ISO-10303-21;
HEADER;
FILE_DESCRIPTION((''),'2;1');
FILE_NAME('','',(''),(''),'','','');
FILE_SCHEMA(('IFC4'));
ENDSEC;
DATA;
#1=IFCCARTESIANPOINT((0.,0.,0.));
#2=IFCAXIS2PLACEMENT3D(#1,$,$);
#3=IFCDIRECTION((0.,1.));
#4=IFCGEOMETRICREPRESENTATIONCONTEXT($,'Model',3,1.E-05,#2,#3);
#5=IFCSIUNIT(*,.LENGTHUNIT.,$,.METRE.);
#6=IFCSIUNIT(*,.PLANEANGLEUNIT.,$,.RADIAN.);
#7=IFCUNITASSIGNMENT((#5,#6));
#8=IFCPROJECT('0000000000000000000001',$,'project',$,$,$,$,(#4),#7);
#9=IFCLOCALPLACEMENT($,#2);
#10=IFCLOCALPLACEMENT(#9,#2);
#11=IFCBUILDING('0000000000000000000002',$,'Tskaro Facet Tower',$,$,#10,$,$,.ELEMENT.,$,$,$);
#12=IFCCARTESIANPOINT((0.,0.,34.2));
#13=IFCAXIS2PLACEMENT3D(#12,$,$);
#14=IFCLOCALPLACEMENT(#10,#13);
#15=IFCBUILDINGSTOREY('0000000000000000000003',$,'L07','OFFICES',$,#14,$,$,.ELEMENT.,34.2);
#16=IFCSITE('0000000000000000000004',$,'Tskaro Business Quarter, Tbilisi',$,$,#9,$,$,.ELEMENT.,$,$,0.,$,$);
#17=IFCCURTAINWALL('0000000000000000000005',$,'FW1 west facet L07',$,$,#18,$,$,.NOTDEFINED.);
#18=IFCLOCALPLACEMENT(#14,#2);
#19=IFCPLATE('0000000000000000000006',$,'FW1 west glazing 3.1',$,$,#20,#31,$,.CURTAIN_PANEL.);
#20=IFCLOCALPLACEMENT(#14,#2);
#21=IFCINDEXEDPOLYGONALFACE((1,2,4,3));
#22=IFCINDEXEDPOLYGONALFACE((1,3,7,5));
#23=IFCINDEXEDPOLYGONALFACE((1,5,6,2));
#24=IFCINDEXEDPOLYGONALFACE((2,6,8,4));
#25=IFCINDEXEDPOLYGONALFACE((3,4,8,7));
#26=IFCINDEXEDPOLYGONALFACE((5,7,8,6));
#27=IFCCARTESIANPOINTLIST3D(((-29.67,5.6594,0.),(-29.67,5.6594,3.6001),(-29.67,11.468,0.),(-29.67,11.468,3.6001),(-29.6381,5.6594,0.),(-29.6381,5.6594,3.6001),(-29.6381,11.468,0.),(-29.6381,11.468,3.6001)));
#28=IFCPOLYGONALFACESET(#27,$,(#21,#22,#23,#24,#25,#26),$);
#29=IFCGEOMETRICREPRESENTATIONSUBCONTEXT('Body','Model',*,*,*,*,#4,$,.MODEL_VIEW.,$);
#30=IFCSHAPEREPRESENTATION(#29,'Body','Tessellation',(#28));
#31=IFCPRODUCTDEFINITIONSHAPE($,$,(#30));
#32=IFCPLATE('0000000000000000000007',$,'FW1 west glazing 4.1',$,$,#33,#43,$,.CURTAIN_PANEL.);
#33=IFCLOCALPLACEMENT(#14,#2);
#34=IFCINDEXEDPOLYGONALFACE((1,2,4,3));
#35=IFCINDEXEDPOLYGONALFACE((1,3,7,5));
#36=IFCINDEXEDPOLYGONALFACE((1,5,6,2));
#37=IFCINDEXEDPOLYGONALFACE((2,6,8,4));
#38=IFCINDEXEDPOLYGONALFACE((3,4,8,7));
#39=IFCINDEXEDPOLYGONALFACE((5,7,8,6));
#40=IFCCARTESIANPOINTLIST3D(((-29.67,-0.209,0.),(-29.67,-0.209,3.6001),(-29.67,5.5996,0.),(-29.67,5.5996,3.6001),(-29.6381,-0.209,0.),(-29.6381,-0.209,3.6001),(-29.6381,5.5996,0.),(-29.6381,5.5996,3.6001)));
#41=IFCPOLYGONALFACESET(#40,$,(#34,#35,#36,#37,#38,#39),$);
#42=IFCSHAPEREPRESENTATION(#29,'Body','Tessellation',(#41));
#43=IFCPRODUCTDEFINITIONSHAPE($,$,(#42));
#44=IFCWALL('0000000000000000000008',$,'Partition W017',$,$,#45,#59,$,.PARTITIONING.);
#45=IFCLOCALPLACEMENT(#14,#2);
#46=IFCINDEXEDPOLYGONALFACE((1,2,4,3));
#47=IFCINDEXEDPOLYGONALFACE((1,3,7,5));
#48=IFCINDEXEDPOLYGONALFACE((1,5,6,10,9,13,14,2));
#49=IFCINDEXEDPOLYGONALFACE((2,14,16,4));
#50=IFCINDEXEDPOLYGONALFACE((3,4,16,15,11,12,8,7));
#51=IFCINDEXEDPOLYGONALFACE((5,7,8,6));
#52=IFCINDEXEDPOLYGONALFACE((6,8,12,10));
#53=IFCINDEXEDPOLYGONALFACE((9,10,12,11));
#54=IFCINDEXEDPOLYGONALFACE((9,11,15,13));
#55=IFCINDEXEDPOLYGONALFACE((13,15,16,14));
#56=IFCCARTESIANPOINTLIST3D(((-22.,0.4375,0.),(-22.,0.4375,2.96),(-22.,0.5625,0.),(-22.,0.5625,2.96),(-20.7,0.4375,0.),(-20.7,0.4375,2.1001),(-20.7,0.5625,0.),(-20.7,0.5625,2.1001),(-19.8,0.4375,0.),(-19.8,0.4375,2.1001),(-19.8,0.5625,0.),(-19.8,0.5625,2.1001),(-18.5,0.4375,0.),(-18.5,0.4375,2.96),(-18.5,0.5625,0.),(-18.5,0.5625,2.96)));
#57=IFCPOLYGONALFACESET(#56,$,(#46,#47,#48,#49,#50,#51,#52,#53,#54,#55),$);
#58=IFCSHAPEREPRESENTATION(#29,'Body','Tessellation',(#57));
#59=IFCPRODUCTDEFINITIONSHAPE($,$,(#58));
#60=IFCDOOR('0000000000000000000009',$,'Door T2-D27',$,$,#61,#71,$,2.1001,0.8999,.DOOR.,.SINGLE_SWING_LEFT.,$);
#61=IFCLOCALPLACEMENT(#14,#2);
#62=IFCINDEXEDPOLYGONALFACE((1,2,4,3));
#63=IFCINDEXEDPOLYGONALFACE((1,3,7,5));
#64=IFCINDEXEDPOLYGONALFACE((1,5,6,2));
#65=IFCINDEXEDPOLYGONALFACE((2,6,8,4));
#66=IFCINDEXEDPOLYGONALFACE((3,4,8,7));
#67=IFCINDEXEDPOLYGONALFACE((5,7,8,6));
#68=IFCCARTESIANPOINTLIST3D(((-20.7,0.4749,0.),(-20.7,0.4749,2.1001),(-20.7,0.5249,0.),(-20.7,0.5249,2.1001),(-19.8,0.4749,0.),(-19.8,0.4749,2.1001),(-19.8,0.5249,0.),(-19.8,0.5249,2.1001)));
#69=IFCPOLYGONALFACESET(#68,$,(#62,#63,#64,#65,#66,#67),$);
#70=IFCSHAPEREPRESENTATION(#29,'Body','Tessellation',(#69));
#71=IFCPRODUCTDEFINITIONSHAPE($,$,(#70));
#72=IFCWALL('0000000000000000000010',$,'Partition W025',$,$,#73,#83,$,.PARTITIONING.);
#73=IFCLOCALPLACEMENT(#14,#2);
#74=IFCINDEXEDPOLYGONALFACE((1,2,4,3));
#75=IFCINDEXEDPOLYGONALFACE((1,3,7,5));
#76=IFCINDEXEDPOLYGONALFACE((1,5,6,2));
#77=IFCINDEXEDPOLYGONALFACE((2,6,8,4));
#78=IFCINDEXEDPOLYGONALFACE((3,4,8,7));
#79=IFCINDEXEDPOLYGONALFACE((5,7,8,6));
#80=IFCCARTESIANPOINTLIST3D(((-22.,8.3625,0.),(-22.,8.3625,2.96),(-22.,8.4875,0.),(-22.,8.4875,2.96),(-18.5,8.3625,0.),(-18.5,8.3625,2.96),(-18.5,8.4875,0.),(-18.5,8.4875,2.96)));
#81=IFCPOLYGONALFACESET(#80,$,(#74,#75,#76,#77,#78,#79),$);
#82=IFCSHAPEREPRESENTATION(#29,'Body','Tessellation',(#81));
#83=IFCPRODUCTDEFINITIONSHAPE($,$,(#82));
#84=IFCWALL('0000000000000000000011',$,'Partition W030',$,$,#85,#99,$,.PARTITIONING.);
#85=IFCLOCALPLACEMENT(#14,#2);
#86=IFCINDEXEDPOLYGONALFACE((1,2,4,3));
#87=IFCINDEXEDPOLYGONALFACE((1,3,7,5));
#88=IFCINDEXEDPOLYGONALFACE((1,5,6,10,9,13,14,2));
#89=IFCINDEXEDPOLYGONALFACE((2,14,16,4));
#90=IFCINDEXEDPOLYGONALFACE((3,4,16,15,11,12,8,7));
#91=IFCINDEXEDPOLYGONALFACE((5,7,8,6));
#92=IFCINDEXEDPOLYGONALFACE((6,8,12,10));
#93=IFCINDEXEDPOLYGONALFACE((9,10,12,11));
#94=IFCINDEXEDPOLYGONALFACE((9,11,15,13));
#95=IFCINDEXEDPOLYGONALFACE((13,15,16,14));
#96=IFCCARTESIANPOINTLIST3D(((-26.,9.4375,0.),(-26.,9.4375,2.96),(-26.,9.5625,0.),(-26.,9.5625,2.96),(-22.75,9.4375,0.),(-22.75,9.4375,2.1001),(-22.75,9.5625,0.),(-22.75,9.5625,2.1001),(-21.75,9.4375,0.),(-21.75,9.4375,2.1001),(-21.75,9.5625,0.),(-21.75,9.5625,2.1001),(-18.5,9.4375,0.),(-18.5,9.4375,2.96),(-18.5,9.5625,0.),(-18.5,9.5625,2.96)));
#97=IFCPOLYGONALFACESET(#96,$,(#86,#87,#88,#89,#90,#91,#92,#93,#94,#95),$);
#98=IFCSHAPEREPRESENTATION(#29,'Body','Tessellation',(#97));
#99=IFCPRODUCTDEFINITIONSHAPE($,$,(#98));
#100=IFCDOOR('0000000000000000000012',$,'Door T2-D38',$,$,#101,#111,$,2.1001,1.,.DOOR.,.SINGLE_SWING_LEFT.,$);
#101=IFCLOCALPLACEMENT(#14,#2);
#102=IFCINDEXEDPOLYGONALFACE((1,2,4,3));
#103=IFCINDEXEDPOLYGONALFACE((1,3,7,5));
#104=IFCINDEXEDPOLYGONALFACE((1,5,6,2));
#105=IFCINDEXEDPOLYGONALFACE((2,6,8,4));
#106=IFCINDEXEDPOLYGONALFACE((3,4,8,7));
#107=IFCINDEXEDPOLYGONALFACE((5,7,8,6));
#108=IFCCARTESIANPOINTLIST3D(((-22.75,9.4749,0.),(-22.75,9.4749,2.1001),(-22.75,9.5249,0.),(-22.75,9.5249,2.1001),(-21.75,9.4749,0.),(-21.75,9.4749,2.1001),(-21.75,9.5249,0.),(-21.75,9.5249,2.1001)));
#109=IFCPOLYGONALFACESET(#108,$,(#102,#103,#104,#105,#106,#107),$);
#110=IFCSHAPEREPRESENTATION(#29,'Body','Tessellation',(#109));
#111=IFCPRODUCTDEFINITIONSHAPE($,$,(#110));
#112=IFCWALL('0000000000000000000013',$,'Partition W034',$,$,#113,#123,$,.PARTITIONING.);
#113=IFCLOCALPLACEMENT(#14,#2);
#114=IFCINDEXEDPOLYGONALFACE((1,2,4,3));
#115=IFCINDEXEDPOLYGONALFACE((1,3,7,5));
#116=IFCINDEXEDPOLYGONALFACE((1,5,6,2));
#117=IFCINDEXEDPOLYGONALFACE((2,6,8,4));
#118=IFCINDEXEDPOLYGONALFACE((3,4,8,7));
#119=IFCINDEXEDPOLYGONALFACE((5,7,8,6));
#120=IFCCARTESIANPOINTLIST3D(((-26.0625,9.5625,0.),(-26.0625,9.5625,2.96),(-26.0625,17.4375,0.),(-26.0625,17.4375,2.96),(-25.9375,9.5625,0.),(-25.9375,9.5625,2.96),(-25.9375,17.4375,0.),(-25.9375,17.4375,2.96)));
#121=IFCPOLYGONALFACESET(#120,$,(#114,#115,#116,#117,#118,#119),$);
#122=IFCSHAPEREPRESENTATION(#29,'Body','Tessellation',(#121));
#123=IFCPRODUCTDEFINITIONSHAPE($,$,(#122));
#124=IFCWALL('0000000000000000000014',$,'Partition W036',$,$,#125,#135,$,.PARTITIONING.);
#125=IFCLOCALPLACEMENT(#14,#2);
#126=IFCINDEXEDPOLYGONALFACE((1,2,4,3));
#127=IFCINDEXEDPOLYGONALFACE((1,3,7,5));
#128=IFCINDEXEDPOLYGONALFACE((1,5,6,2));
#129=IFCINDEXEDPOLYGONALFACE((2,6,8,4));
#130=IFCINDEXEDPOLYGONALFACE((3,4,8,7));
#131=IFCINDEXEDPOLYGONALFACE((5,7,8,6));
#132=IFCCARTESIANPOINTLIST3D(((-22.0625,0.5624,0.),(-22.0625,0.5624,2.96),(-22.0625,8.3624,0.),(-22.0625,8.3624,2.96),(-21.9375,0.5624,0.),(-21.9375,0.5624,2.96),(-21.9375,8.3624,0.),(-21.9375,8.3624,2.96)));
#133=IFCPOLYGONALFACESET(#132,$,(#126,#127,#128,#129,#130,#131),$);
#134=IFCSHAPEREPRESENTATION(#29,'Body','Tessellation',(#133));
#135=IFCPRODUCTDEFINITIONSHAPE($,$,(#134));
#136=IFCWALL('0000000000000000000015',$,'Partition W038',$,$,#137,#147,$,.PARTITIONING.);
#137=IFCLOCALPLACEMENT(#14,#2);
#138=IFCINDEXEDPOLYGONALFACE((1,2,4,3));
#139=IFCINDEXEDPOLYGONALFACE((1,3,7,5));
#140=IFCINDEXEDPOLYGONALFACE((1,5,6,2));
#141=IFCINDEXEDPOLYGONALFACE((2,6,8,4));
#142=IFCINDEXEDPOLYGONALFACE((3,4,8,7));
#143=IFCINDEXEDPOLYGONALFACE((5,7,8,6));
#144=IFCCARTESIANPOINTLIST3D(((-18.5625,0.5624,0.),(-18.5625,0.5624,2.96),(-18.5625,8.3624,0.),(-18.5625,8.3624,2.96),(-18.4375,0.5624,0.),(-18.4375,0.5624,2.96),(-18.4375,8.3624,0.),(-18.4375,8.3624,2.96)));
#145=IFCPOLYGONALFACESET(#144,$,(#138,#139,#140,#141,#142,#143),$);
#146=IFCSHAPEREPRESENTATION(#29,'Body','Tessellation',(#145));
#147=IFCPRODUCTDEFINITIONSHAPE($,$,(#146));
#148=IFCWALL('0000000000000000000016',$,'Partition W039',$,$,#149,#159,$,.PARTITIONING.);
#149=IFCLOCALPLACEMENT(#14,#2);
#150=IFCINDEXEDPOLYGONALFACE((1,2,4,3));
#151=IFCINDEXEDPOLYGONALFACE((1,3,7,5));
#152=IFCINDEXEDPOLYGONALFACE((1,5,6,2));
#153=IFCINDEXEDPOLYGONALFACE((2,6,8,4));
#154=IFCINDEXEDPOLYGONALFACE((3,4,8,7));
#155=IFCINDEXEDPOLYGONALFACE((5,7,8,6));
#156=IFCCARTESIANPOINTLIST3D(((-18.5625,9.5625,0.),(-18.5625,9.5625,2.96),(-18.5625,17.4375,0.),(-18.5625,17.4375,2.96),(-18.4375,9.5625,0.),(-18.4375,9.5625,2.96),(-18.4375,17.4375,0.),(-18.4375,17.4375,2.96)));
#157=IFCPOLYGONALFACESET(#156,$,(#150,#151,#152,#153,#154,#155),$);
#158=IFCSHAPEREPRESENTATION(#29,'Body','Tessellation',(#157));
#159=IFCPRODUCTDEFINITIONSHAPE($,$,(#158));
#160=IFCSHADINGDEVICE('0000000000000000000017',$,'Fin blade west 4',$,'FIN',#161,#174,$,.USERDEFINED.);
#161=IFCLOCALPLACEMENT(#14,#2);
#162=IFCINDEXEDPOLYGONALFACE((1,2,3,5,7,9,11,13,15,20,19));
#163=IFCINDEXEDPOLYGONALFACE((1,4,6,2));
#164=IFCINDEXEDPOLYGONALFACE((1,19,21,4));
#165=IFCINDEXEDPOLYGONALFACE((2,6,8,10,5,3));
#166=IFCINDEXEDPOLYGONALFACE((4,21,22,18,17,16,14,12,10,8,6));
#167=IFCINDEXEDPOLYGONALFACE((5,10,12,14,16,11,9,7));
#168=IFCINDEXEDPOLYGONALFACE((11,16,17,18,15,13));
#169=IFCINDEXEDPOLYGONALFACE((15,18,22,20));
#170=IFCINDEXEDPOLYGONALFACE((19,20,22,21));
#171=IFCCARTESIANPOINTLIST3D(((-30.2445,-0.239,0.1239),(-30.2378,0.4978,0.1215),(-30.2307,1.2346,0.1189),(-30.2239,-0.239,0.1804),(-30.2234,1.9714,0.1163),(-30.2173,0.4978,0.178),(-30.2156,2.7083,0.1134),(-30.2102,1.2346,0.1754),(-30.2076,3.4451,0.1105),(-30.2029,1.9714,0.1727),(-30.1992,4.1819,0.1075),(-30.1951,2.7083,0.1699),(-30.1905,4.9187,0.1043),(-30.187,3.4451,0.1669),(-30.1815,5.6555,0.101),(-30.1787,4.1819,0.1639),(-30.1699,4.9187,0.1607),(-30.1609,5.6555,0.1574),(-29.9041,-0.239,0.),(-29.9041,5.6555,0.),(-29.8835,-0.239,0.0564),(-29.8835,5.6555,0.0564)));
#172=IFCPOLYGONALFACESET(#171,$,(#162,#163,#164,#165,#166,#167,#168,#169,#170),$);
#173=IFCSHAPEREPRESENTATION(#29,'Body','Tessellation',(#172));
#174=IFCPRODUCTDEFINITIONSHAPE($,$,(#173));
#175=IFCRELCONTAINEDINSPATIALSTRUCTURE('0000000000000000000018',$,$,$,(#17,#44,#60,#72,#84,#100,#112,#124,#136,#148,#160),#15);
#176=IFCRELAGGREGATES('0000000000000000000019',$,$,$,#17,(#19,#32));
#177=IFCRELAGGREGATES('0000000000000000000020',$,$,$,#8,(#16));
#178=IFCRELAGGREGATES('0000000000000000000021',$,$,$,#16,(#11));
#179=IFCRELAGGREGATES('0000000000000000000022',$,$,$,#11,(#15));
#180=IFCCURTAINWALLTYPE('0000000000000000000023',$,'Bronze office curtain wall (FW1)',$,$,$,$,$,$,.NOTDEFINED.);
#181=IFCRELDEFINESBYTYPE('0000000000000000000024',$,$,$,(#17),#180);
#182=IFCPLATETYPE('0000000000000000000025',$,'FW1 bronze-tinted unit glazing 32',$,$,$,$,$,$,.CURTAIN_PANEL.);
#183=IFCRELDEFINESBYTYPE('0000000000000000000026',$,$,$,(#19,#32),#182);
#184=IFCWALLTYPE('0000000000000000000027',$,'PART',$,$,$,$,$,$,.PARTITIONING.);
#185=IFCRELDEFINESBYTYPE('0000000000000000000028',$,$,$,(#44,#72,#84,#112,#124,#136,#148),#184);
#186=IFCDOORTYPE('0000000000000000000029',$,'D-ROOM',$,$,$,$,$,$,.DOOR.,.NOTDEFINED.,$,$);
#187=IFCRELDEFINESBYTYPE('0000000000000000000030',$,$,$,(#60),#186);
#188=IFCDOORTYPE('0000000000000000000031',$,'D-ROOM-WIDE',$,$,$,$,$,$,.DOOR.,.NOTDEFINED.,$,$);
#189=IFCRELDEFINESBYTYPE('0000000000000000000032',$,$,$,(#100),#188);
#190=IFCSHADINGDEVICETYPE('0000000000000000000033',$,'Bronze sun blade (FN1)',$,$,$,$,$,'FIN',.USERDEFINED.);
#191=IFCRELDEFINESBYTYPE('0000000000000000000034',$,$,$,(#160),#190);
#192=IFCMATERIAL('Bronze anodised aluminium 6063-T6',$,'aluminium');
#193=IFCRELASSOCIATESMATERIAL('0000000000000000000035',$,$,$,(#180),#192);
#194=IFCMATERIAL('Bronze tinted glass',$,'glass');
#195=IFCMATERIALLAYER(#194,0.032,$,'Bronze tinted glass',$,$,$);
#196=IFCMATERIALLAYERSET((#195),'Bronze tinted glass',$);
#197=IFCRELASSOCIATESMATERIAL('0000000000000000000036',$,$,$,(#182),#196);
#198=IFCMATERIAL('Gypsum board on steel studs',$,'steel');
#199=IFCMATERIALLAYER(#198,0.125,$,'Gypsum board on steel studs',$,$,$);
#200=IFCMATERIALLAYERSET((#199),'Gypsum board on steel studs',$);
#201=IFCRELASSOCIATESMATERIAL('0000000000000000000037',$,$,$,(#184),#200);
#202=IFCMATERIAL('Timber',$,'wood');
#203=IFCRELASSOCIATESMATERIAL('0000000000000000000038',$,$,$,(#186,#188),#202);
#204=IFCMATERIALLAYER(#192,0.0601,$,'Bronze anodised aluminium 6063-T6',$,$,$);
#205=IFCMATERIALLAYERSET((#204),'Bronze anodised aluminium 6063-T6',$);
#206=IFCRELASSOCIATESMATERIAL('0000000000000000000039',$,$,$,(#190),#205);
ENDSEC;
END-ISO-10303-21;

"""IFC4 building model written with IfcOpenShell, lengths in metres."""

from ifc_helpers import new_model, si_unit, direction, frame, frame_2d, origin, origin_2d, place, context, subcontext, project, spatial, polyline, rectangle, outline, extrude, material, layer, layer_set, type_object, element, fill, aggregate, save


model = new_model("IFC4")

# Units and contexts
model_context = context("Model", 3, precision=1e-05, world=origin(), true_north=direction((0.0, 1.0)))
body_context = subcontext(model_context, "Body", "Model", "MODEL_VIEW")
ifc_project = project(units=[si_unit("LENGTHUNIT", "METRE"), si_unit("PLANEANGLEUNIT", "RADIAN")], contexts=[model_context])

# Site, building, storey
site_placement = place(None, origin())
site = spatial("IfcSite", under=ifc_project, at=site_placement, Name="Tskaro Business Quarter, Tbilisi", CompositionType="ELEMENT", RefElevation=0.0)
building_placement = place(site_placement, origin())
building = spatial("IfcBuilding", under=site, at=building_placement, Name="Tskaro Facet Tower", CompositionType="ELEMENT")
storey_placement = place(building_placement, frame((0.0, 0.0, 34.2)))
storey = spatial("IfcBuildingStorey", under=building, at=storey_placement, Name="L07", Description="OFFICES", CompositionType="ELEMENT", Elevation=34.2)

# Curtain wall
ifc_material_1 = material(Name="Bronze anodised aluminium 6063-T6", Category="aluminium")
curtain_wall_type = type_object("IfcCurtainWallType", Name="Bronze office curtain wall (FW1)", PredefinedType="NOTDEFINED", material=ifc_material_1)
curtain_wall_placement = place(storey_placement, origin())
curtain_wall = element("IfcCurtainWall", 1, at=curtain_wall_placement, inside=storey, type_object=curtain_wall_type, Name="FW1 west facet L07", PredefinedType="NOTDEFINED")

# Plates
ifc_material_2 = material(Name="Bronze tinted glass", Category="glass")
ifc_layer_1 = layer(ifc_material_2, 0.032, Name="Bronze tinted glass")
ifc_layer_set_1 = layer_set([ifc_layer_1], Name="Bronze tinted glass")
plate_type = type_object("IfcPlateType", Name="FW1 bronze-tinted unit glazing 32", PredefinedType="CURTAIN_PANEL", material=ifc_layer_set_1)
plate_1_placement = place(storey_placement, frame((-29.6541, 8.5637, 0.0), z_axis=(0.0, 0.0, 1.0), x_axis=(0.0, -1.0, 0.0)))
plate_1 = element("IfcPlate", 2, at=plate_1_placement, type_object=plate_type, Name="FW1 west glazing 3.1", PredefinedType="CURTAIN_PANEL", context=body_context, shape_type="SweptSolid", body=[
    extrude(rectangle(XDim=5.8086, YDim=0.032, at=origin_2d()), origin(), (0.0, 0.0, 1.0), 3.6001),
])
plate_2_placement = place(storey_placement, frame((-29.6541, 2.6953, 0.0), z_axis=(0.0, 0.0, 1.0), x_axis=(0.0, -1.0, 0.0)))
plate_2 = element("IfcPlate", 3, at=plate_2_placement, type_object=plate_type, Name="FW1 west glazing 4.1", PredefinedType="CURTAIN_PANEL", context=body_context, shape_type="SweptSolid", body=[
    extrude(rectangle(XDim=5.8086, YDim=0.032, at=origin_2d()), origin(), (0.0, 0.0, 1.0), 3.6001),
])
aggregate(curtain_wall, [plate_1, plate_2])

# Wall, opening, door
ifc_material_3 = material(Name="Gypsum board on steel studs", Category="steel")
ifc_layer_2 = layer(ifc_material_3, 0.125, Name="Gypsum board on steel studs")
ifc_layer_set_2 = layer_set([ifc_layer_2], Name="Gypsum board on steel studs")
wall_type = type_object("IfcWallType", Name="PART", PredefinedType="PARTITIONING", material=ifc_layer_set_2)
wall_1_placement = place(storey_placement, frame((-22.0, 0.5, 0.0), z_axis=(0.0, 0.0, 1.0), x_axis=(1.0, 0.0, 0.0)))
wall_1 = element("IfcWall", 4, at=wall_1_placement, inside=storey, type_object=wall_type, Name="Partition W017", PredefinedType="PARTITIONING", context=body_context, shape_type="SweptSolid", body=[
    extrude(rectangle(XDim=3.5, YDim=0.125, at=frame_2d((1.75, 0.0))), origin(), (0.0, 0.0, 1.0), 2.96),
])
opening_1_placement = place(wall_1_placement, frame((1.3, 0.0, 0.0)))
opening_1 = element("IfcOpeningElement", 5, at=opening_1_placement, cuts=wall_1, PredefinedType="OPENING", context=body_context, shape_type="SweptSolid", body=[
    extrude(rectangle(XDim=0.8999, YDim=2.1001, at=frame_2d((0.45, 1.05))), frame((0.0, 0.0725, 0.0), z_axis=(0.0, -1.0, 0.0), x_axis=(1.0, 0.0, 0.0)), (0.0, 0.0, 1.0), 0.145),
])
ifc_material_4 = material(Name="Timber", Category="wood")
door_type_1 = type_object("IfcDoorType", Name="D-ROOM", OperationType="NOTDEFINED", PredefinedType="DOOR", material=ifc_material_4)
door_1_placement = place(opening_1_placement, origin())
door_1 = element("IfcDoor", 6, at=door_1_placement, inside=storey, type_object=door_type_1, Name="Door T2-D27", OperationType="SINGLE_SWING_LEFT", OverallHeight=2.1001, OverallWidth=0.8999, PredefinedType="DOOR", context=body_context, shape_type="SweptSolid", body=[
    extrude(rectangle(XDim=0.8999, YDim=2.1001, at=frame_2d((0.45, 1.05))), frame((0.0, 0.0249, 0.0), z_axis=(0.0, -1.0, 0.0), x_axis=(1.0, 0.0, 0.0)), (0.0, 0.0, 1.0), 0.05),
])
fill(opening_1, door_1)

# Wall
wall_2_placement = place(storey_placement, frame((-22.0, 8.425, 0.0), z_axis=(0.0, 0.0, 1.0), x_axis=(1.0, 0.0, 0.0)))
element("IfcWall", 7, at=wall_2_placement, inside=storey, type_object=wall_type, Name="Partition W025", PredefinedType="PARTITIONING", context=body_context, shape_type="SweptSolid", body=[
    extrude(rectangle(XDim=3.5, YDim=0.125, at=frame_2d((1.75, 0.0))), origin(), (0.0, 0.0, 1.0), 2.96),
])

# Wall, opening, door
wall_3_placement = place(storey_placement, frame((-26.0, 9.5, 0.0), z_axis=(0.0, 0.0, 1.0), x_axis=(1.0, 0.0, 0.0)))
wall_3 = element("IfcWall", 8, at=wall_3_placement, inside=storey, type_object=wall_type, Name="Partition W030", PredefinedType="PARTITIONING", context=body_context, shape_type="SweptSolid", body=[
    extrude(rectangle(XDim=7.5, YDim=0.125, at=frame_2d((3.75, 0.0))), origin(), (0.0, 0.0, 1.0), 2.96),
])
opening_2_placement = place(wall_3_placement, frame((3.25, 0.0, 0.0)))
opening_2 = element("IfcOpeningElement", 9, at=opening_2_placement, cuts=wall_3, PredefinedType="OPENING", context=body_context, shape_type="SweptSolid", body=[
    extrude(rectangle(XDim=1.0, YDim=2.1001, at=frame_2d((0.5, 1.05))), frame((0.0, 0.0725, 0.0), z_axis=(0.0, -1.0, 0.0), x_axis=(1.0, 0.0, 0.0)), (0.0, 0.0, 1.0), 0.145),
])
door_type_2 = type_object("IfcDoorType", Name="D-ROOM-WIDE", OperationType="NOTDEFINED", PredefinedType="DOOR", material=ifc_material_4)
door_2_placement = place(opening_2_placement, origin())
door_2 = element("IfcDoor", 10, at=door_2_placement, inside=storey, type_object=door_type_2, Name="Door T2-D38", OperationType="SINGLE_SWING_LEFT", OverallHeight=2.1001, OverallWidth=1.0, PredefinedType="DOOR", context=body_context, shape_type="SweptSolid", body=[
    extrude(rectangle(XDim=1.0, YDim=2.1001, at=frame_2d((0.5, 1.05))), frame((0.0, 0.0249, 0.0), z_axis=(0.0, -1.0, 0.0), x_axis=(1.0, 0.0, 0.0)), (0.0, 0.0, 1.0), 0.05),
])
fill(opening_2, door_2)

# Walls
wall_4_placement = place(storey_placement, frame((-26.0, 9.5625, 0.0), z_axis=(0.0, 0.0, 1.0), x_axis=(0.0, 1.0, 0.0)))
element("IfcWall", 11, at=wall_4_placement, inside=storey, type_object=wall_type, Name="Partition W034", PredefinedType="PARTITIONING", context=body_context, shape_type="SweptSolid", body=[
    extrude(rectangle(XDim=7.875, YDim=0.125, at=frame_2d((3.9375, 0.0))), origin(), (0.0, 0.0, 1.0), 2.96),
])
for number, where, z_axis, x_axis, name in (
    (12, (-22.0, 0.5625, 0.0), (0.0, 0.0, 1.0), (0.0, 1.0, 0.0), "Partition W036"),
    (13, (-18.5, 0.5625, 0.0), (0.0, 0.0, 1.0), (0.0, 1.0, 0.0), "Partition W038"),
):
    element("IfcWall", number, at=place(storey_placement, frame(where, z_axis=z_axis, x_axis=x_axis)), inside=storey, type_object=wall_type, Name=name, PredefinedType="PARTITIONING", context=body_context, shape_type="SweptSolid", body=[
        extrude(rectangle(XDim=7.8, YDim=0.125, at=frame_2d((3.8999, 0.0))), origin(), (0.0, 0.0, 1.0), 2.96),
    ])
wall_5_placement = place(storey_placement, frame((-18.5, 9.5625, 0.0), z_axis=(0.0, 0.0, 1.0), x_axis=(0.0, 1.0, 0.0)))
element("IfcWall", 14, at=wall_5_placement, inside=storey, type_object=wall_type, Name="Partition W039", PredefinedType="PARTITIONING", context=body_context, shape_type="SweptSolid", body=[
    extrude(rectangle(XDim=7.875, YDim=0.125, at=frame_2d((3.9375, 0.0))), origin(), (0.0, 0.0, 1.0), 2.96),
])

# Shading device
ifc_layer_3 = layer(ifc_material_1, 0.0601, Name="Bronze anodised aluminium 6063-T6")
ifc_layer_set_3 = layer_set([ifc_layer_3], Name="Bronze anodised aluminium 6063-T6")
shading_device_type = type_object("IfcShadingDeviceType", Name="Bronze sun blade (FN1)", ElementType="FIN", PredefinedType="USERDEFINED", material=ifc_layer_set_3)
shading_device_1_placement = place(storey_placement, frame((-29.8835, 5.6555, 0.0564), z_axis=(0.342195, 0.000002, 0.939629), x_axis=(0.000001, -1.0, 0.000002)))
element("IfcShadingDevice", 15, at=shading_device_1_placement, inside=storey, type_object=shading_device_type, Name="Fin blade west 4", ObjectType="FIN", PredefinedType="USERDEFINED", context=body_context, shape_type="SweptSolid", body=[
    extrude(outline(polyline([(0.0, 0.0), (5.8945, 0.0), (5.8945, -0.3622), (5.1577, -0.3552), (4.4209, -0.3476), (3.6841, -0.3398), (2.9473, -0.3316), (2.2104, -0.323), (1.4736, -0.3141), (0.7368, -0.3048), (0.0, -0.2952), (0.0, 0.0)])), origin(), (0.0, 0.0, -1.0), 0.0601),
])

save(model, "model.ifc")
